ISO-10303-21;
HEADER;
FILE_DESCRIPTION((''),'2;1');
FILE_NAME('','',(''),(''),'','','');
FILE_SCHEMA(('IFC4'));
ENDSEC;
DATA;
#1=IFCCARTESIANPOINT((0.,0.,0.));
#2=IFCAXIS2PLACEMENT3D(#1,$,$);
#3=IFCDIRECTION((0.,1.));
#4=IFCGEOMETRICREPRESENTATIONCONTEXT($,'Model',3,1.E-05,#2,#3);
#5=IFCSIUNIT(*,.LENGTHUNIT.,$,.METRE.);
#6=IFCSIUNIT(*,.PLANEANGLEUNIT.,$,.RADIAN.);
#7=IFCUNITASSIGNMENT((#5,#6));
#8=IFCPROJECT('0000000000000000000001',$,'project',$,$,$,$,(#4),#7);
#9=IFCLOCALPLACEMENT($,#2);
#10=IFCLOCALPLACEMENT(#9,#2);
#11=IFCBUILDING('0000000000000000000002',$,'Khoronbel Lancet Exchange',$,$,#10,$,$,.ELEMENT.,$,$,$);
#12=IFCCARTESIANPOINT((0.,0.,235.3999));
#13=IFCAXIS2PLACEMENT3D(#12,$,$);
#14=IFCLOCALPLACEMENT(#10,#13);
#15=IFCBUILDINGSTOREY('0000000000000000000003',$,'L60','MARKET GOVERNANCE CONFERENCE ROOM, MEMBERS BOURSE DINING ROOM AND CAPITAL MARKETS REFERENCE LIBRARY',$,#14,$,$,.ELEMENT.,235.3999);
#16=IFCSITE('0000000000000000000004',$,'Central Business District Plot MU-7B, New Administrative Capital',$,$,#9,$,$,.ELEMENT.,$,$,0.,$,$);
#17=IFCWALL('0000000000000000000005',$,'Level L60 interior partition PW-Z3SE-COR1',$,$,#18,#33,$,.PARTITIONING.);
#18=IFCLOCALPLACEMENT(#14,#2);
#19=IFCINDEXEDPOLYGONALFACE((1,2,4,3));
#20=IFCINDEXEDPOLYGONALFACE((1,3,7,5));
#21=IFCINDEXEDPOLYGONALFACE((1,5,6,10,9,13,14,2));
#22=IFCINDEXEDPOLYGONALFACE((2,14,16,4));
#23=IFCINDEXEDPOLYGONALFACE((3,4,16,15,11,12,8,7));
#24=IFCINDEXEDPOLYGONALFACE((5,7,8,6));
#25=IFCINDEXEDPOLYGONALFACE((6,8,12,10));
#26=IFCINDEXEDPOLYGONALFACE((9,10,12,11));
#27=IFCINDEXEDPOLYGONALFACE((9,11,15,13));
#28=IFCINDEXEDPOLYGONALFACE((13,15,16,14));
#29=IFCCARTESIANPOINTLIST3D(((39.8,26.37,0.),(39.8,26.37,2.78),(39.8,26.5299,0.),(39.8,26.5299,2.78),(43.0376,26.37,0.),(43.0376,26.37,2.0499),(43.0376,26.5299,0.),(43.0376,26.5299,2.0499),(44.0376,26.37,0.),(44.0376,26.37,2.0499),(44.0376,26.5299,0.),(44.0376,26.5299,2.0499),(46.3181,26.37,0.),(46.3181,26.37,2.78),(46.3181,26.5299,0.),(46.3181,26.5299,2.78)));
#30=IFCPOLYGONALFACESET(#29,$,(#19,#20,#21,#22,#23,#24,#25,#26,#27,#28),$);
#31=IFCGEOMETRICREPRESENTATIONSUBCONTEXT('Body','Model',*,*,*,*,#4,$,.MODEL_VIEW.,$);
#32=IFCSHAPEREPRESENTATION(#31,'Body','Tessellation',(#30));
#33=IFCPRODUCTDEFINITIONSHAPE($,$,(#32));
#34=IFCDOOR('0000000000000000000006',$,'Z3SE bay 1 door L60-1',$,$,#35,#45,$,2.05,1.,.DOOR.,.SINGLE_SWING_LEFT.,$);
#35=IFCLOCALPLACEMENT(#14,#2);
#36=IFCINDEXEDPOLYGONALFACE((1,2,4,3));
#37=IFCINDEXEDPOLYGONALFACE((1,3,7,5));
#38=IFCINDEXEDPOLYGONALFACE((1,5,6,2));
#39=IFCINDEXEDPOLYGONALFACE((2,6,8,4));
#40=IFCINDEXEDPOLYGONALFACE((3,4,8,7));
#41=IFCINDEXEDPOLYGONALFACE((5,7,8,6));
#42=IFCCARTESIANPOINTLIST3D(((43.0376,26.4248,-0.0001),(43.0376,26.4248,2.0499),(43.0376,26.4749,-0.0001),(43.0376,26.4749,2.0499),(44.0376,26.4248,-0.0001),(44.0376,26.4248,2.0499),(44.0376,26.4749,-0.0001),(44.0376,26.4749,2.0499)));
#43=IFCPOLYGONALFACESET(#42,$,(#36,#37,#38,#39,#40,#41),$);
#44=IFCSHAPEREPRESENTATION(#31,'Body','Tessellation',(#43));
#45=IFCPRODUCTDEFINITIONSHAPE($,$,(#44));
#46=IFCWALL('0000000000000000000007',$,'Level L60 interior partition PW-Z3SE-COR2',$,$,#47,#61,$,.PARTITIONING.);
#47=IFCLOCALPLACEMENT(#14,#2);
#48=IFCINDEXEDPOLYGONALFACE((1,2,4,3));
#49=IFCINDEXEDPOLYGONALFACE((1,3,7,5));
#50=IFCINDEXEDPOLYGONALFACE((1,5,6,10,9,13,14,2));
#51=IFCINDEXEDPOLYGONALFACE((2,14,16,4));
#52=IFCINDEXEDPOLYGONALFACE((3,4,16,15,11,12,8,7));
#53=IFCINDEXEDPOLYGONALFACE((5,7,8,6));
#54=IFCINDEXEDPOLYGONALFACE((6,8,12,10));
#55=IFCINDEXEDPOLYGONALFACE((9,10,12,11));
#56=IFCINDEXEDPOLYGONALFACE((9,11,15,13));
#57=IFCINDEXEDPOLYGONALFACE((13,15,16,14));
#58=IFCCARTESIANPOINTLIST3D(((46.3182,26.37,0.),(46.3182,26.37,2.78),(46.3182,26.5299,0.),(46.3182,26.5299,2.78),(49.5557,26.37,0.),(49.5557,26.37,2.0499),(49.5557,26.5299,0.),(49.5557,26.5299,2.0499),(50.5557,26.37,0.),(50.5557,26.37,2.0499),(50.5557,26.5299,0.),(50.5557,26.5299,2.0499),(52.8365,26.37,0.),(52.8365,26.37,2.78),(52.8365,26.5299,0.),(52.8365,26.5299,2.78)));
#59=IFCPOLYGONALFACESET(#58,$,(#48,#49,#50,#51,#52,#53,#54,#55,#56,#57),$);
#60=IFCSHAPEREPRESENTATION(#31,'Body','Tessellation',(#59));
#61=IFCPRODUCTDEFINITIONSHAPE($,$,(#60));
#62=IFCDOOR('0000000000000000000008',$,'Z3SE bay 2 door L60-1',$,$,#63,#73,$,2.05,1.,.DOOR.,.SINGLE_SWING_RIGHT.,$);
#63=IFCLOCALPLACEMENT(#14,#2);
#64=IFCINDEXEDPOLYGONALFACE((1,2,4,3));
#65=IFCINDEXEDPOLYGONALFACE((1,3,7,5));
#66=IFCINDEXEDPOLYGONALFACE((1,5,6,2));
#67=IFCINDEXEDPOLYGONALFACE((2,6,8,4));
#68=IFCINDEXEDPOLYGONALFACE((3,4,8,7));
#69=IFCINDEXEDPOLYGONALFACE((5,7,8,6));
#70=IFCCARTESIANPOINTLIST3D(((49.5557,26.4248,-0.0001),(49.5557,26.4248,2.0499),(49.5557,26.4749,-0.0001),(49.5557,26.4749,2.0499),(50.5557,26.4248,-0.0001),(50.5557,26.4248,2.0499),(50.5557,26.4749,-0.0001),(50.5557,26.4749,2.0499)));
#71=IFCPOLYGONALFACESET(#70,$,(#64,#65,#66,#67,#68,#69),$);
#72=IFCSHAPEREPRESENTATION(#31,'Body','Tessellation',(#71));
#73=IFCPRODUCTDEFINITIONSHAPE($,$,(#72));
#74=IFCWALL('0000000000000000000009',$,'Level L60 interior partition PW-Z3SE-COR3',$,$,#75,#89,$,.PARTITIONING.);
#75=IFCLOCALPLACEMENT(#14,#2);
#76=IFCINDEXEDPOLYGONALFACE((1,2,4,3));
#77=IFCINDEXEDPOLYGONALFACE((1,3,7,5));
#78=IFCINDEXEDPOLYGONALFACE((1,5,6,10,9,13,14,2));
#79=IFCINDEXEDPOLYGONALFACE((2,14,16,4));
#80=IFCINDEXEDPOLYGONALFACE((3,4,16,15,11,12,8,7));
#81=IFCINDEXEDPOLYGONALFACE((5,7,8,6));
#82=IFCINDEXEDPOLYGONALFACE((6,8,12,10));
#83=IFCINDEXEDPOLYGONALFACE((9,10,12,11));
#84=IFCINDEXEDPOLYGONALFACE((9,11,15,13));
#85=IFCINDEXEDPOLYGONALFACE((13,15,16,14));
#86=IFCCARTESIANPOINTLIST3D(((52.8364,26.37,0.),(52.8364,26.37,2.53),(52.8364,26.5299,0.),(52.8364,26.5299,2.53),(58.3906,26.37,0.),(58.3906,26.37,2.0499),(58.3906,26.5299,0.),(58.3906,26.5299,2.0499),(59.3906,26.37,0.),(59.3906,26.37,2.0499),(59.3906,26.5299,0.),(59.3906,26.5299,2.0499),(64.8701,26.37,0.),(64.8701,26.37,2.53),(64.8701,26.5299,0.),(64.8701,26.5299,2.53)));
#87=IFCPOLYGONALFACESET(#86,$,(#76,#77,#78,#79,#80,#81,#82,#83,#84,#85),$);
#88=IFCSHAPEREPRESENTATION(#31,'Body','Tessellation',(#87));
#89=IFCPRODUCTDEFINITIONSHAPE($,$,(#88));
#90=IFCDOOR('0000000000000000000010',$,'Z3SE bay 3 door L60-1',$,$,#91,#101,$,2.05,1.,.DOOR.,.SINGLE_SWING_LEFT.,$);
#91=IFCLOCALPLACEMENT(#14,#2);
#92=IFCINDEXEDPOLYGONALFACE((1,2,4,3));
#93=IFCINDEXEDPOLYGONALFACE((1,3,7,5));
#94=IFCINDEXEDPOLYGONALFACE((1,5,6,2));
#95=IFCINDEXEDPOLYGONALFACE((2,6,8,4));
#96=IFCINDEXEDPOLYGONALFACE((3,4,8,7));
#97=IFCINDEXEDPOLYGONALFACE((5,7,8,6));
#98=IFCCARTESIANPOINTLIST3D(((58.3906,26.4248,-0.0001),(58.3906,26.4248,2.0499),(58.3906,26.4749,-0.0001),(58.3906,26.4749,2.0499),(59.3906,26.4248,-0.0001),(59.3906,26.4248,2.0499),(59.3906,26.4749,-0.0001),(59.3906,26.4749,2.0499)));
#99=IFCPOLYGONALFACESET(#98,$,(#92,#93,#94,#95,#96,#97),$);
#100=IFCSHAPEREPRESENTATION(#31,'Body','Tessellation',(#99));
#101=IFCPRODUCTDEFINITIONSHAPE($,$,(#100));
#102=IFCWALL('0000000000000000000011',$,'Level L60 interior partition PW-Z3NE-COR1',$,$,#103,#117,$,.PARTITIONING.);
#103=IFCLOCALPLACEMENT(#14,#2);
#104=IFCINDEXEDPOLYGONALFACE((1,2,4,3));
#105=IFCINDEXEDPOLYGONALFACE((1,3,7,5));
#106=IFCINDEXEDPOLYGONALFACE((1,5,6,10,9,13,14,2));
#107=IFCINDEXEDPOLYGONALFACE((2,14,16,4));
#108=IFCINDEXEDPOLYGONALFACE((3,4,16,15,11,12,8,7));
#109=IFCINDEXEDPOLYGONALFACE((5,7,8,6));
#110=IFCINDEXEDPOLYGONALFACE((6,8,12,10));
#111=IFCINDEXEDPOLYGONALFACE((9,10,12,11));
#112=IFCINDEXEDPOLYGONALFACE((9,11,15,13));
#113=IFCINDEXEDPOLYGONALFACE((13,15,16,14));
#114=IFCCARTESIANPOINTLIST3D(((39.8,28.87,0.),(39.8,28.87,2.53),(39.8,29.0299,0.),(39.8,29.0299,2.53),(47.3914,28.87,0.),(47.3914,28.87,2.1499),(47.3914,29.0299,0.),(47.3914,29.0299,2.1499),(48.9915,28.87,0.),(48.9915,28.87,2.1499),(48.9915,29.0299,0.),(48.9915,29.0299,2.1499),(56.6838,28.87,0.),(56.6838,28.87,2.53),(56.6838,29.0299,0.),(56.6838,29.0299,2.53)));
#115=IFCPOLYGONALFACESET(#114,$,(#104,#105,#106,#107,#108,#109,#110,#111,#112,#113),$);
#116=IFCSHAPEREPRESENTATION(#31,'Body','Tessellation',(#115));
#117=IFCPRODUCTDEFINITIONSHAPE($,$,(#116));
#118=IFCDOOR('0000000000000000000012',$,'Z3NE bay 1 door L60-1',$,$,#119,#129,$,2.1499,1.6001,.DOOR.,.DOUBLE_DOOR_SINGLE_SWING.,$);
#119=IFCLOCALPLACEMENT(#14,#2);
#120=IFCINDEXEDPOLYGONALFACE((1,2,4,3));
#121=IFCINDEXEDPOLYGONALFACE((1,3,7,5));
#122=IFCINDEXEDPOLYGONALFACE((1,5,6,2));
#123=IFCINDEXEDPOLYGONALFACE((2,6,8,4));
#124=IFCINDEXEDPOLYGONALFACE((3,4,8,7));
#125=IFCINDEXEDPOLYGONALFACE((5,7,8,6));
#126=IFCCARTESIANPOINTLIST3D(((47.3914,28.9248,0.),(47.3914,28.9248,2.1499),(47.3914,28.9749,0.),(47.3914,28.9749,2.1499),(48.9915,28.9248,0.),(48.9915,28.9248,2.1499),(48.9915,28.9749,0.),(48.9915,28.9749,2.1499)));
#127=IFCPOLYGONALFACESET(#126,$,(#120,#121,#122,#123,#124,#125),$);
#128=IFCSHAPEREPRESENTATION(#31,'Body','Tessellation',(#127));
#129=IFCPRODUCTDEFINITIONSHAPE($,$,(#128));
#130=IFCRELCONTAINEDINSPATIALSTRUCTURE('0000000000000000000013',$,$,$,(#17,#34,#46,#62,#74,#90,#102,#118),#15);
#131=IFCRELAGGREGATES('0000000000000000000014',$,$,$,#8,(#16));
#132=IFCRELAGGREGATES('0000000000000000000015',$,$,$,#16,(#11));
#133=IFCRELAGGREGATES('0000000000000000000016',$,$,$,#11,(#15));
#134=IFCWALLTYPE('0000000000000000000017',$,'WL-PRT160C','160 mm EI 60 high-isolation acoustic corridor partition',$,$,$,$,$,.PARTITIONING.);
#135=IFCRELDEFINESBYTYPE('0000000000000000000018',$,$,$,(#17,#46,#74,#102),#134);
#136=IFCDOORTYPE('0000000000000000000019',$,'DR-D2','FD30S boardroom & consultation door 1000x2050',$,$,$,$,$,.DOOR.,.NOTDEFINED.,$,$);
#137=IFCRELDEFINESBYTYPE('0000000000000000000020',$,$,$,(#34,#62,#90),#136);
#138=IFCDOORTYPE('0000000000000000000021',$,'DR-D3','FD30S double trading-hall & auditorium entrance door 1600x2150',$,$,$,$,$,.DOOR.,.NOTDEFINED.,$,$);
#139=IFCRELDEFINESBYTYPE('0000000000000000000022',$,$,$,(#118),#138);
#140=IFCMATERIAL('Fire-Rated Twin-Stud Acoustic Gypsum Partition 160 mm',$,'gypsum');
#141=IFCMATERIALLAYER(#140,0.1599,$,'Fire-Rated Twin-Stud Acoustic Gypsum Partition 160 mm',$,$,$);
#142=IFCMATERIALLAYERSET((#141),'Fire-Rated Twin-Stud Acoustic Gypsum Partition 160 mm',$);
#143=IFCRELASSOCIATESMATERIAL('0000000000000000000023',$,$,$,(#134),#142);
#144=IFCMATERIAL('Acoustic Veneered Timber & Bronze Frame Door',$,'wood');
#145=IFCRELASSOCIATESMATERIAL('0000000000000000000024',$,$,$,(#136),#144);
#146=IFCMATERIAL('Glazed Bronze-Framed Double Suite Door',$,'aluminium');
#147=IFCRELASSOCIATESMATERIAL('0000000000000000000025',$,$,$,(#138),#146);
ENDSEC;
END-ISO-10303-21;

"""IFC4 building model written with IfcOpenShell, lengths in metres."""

from ifc_helpers import new_model, si_unit, direction, frame, frame_2d, origin, place, context, subcontext, project, spatial, rectangle, extrude, material, layer, layer_set, type_object, element, fill, save


model = new_model("IFC4")

# Units and contexts
model_context = context("Model", 3, precision=1e-05, world=origin(), true_north=direction((0.0, 1.0)))
body_context = subcontext(model_context, "Body", "Model", "MODEL_VIEW")
ifc_project = project(units=[si_unit("LENGTHUNIT", "METRE"), si_unit("PLANEANGLEUNIT", "RADIAN")], contexts=[model_context])

# Site, building, storey
site_placement = place(None, origin())
site = spatial("IfcSite", under=ifc_project, at=site_placement, Name="Central Business District Plot MU-7B, New Administrative Capital", CompositionType="ELEMENT", RefElevation=0.0)
building_placement = place(site_placement, origin())
building = spatial("IfcBuilding", under=site, at=building_placement, Name="Khoronbel Lancet Exchange", CompositionType="ELEMENT")
storey_placement = place(building_placement, frame((0.0, 0.0, 235.3999)))
storey = spatial("IfcBuildingStorey", under=building, at=storey_placement, Name="L60", Description="MARKET GOVERNANCE CONFERENCE ROOM, MEMBERS BOURSE DINING ROOM AND CAPITAL MARKETS REFERENCE LIBRARY", CompositionType="ELEMENT", Elevation=235.3999)

# Walls, openings, doors
ifc_material_1 = material(Name="Fire-Rated Twin-Stud Acoustic Gypsum Partition 160 mm", Category="gypsum")
ifc_layer_1 = layer(ifc_material_1, 0.1599, Name="Fire-Rated Twin-Stud Acoustic Gypsum Partition 160 mm")
ifc_layer_set_1 = layer_set([ifc_layer_1], Name="Fire-Rated Twin-Stud Acoustic Gypsum Partition 160 mm")
wall_type_1 = type_object("IfcWallType", Name="WL-PRT160C", Description="160 mm EI 60 high-isolation acoustic corridor partition", PredefinedType="PARTITIONING", material=ifc_layer_set_1)
wall_1_placement = place(storey_placement, frame((39.8, 26.45, 0.0), z_axis=(0.0, 0.0, 1.0), x_axis=(1.0, 0.0, 0.0)))
wall_1 = element("IfcWall", 1, at=wall_1_placement, inside=storey, type_object=wall_type_1, Name="Level L60 interior partition PW-Z3SE-COR1", PredefinedType="PARTITIONING", context=body_context, shape_type="SweptSolid", body=[
    extrude(rectangle(XDim=6.5181, YDim=0.1599, at=frame_2d((3.259, 0.0))), origin(), (0.0, 0.0, 1.0), 2.78),
])
opening_1_placement = place(wall_1_placement, frame((3.2375, 0.0, 0.0)))
opening_1 = element("IfcOpeningElement", 2, at=opening_1_placement, cuts=wall_1, PredefinedType="OPENING", context=body_context, shape_type="SweptSolid", body=[
    extrude(rectangle(XDim=1.0, YDim=2.05, at=frame_2d((0.5, 1.0249))), frame((0.0, 0.0898, 0.0), z_axis=(0.0, -1.0, 0.0), x_axis=(1.0, 0.0, 0.0)), (0.0, 0.0, 1.0), 0.1799),
])
ifc_material_2 = material(Name="Acoustic Veneered Timber & Bronze Frame Door", Category="wood")
door_type_1 = type_object("IfcDoorType", Name="DR-D2", Description="FD30S boardroom & consultation door 1000x2050", OperationType="NOTDEFINED", PredefinedType="DOOR", material=ifc_material_2)
door_1_placement = place(opening_1_placement, origin())
door_1 = element("IfcDoor", 3, at=door_1_placement, inside=storey, type_object=door_type_1, Name="Z3SE bay 1 door L60-1", OperationType="SINGLE_SWING_LEFT", OverallHeight=2.05, OverallWidth=1.0, PredefinedType="DOOR", context=body_context, shape_type="SweptSolid", body=[
    extrude(rectangle(XDim=1.0, YDim=2.05, at=frame_2d((0.5, 1.0249))), frame((0.0, 0.0249, 0.0), z_axis=(0.0, -1.0, 0.0), x_axis=(1.0, 0.0, 0.0)), (0.0, 0.0, 1.0), 0.05),
])
fill(opening_1, door_1)
wall_2_placement = place(storey_placement, frame((46.3181, 26.45, 0.0), z_axis=(0.0, 0.0, 1.0), x_axis=(1.0, 0.0, 0.0)))
wall_2 = element("IfcWall", 4, at=wall_2_placement, inside=storey, type_object=wall_type_1, Name="Level L60 interior partition PW-Z3SE-COR2", PredefinedType="PARTITIONING", context=body_context, shape_type="SweptSolid", body=[
    extrude(rectangle(XDim=6.5183, YDim=0.1599, at=frame_2d((3.2593, 0.0))), origin(), (0.0, 0.0, 1.0), 2.78),
])
opening_2_placement = place(wall_2_placement, frame((3.2375, 0.0, 0.0)))
opening_2 = element("IfcOpeningElement", 5, at=opening_2_placement, cuts=wall_2, PredefinedType="OPENING", context=body_context, shape_type="SweptSolid", body=[
    extrude(rectangle(XDim=1.0, YDim=2.05, at=frame_2d((0.5, 1.0249))), frame((0.0, 0.0898, 0.0), z_axis=(0.0, -1.0, 0.0), x_axis=(1.0, 0.0, 0.0)), (0.0, 0.0, 1.0), 0.1799),
])
door_2_placement = place(opening_2_placement, origin())
door_2 = element("IfcDoor", 6, at=door_2_placement, inside=storey, type_object=door_type_1, Name="Z3SE bay 2 door L60-1", OperationType="SINGLE_SWING_RIGHT", OverallHeight=2.05, OverallWidth=1.0, PredefinedType="DOOR", context=body_context, shape_type="SweptSolid", body=[
    extrude(rectangle(XDim=1.0, YDim=2.05, at=frame_2d((0.5, 1.0249))), frame((0.0, 0.0249, 0.0), z_axis=(0.0, -1.0, 0.0), x_axis=(1.0, 0.0, 0.0)), (0.0, 0.0, 1.0), 0.05),
])
fill(opening_2, door_2)
wall_3_placement = place(storey_placement, frame((52.8364, 26.45, 0.0), z_axis=(0.0, 0.0, 1.0), x_axis=(1.0, 0.0, 0.0)))
wall_3 = element("IfcWall", 7, at=wall_3_placement, inside=storey, type_object=wall_type_1, Name="Level L60 interior partition PW-Z3SE-COR3", PredefinedType="PARTITIONING", context=body_context, shape_type="SweptSolid", body=[
    extrude(rectangle(XDim=12.0337, YDim=0.1599, at=frame_2d((6.0168, 0.0))), origin(), (0.0, 0.0, 1.0), 2.53),
])
opening_3_placement = place(wall_3_placement, frame((5.5542, 0.0, 0.0)))
opening_3 = element("IfcOpeningElement", 8, at=opening_3_placement, cuts=wall_3, PredefinedType="OPENING", context=body_context, shape_type="SweptSolid", body=[
    extrude(rectangle(XDim=1.0, YDim=2.05, at=frame_2d((0.5, 1.0249))), frame((0.0, 0.0898, 0.0), z_axis=(0.0, -1.0, 0.0), x_axis=(1.0, 0.0, 0.0)), (0.0, 0.0, 1.0), 0.1799),
])
door_3_placement = place(opening_3_placement, origin())
door_3 = element("IfcDoor", 9, at=door_3_placement, inside=storey, type_object=door_type_1, Name="Z3SE bay 3 door L60-1", OperationType="SINGLE_SWING_LEFT", OverallHeight=2.05, OverallWidth=1.0, PredefinedType="DOOR", context=body_context, shape_type="SweptSolid", body=[
    extrude(rectangle(XDim=1.0, YDim=2.05, at=frame_2d((0.5, 1.0249))), frame((0.0, 0.0249, 0.0), z_axis=(0.0, -1.0, 0.0), x_axis=(1.0, 0.0, 0.0)), (0.0, 0.0, 1.0), 0.05),
])
fill(opening_3, door_3)
wall_4_placement = place(storey_placement, frame((39.8, 28.95, 0.0), z_axis=(0.0, 0.0, 1.0), x_axis=(1.0, 0.0, 0.0)))
wall_4 = element("IfcWall", 10, at=wall_4_placement, inside=storey, type_object=wall_type_1, Name="Level L60 interior partition PW-Z3NE-COR1", PredefinedType="PARTITIONING", context=body_context, shape_type="SweptSolid", body=[
    extrude(rectangle(XDim=16.8838, YDim=0.1599, at=frame_2d((8.4419, 0.0))), origin(), (0.0, 0.0, 1.0), 2.53),
])
opening_4_placement = place(wall_4_placement, frame((7.5913, 0.0, 0.0)))
opening_4 = element("IfcOpeningElement", 11, at=opening_4_placement, cuts=wall_4, PredefinedType="OPENING", context=body_context, shape_type="SweptSolid", body=[
    extrude(rectangle(XDim=1.6001, YDim=2.1499, at=frame_2d((0.8, 1.075))), frame((0.0, 0.0898, 0.0), z_axis=(0.0, -1.0, 0.0), x_axis=(1.0, 0.0, 0.0)), (0.0, 0.0, 1.0), 0.1799),
])
ifc_material_3 = material(Name="Glazed Bronze-Framed Double Suite Door", Category="aluminium")
door_type_2 = type_object("IfcDoorType", Name="DR-D3", Description="FD30S double trading-hall & auditorium entrance door 1600x2150", OperationType="NOTDEFINED", PredefinedType="DOOR", material=ifc_material_3)
door_4_placement = place(opening_4_placement, origin())
door_4 = element("IfcDoor", 12, at=door_4_placement, inside=storey, type_object=door_type_2, Name="Z3NE bay 1 door L60-1", OperationType="DOUBLE_DOOR_SINGLE_SWING", OverallHeight=2.1499, OverallWidth=1.6001, PredefinedType="DOOR", context=body_context, shape_type="SweptSolid", body=[
    extrude(rectangle(XDim=1.6001, YDim=2.1499, at=frame_2d((0.8, 1.075))), frame((0.0, 0.0249, 0.0), z_axis=(0.0, -1.0, 0.0), x_axis=(1.0, 0.0, 0.0)), (0.0, 0.0, 1.0), 0.05),
])
fill(opening_4, door_4)

save(model, "model.ifc")
